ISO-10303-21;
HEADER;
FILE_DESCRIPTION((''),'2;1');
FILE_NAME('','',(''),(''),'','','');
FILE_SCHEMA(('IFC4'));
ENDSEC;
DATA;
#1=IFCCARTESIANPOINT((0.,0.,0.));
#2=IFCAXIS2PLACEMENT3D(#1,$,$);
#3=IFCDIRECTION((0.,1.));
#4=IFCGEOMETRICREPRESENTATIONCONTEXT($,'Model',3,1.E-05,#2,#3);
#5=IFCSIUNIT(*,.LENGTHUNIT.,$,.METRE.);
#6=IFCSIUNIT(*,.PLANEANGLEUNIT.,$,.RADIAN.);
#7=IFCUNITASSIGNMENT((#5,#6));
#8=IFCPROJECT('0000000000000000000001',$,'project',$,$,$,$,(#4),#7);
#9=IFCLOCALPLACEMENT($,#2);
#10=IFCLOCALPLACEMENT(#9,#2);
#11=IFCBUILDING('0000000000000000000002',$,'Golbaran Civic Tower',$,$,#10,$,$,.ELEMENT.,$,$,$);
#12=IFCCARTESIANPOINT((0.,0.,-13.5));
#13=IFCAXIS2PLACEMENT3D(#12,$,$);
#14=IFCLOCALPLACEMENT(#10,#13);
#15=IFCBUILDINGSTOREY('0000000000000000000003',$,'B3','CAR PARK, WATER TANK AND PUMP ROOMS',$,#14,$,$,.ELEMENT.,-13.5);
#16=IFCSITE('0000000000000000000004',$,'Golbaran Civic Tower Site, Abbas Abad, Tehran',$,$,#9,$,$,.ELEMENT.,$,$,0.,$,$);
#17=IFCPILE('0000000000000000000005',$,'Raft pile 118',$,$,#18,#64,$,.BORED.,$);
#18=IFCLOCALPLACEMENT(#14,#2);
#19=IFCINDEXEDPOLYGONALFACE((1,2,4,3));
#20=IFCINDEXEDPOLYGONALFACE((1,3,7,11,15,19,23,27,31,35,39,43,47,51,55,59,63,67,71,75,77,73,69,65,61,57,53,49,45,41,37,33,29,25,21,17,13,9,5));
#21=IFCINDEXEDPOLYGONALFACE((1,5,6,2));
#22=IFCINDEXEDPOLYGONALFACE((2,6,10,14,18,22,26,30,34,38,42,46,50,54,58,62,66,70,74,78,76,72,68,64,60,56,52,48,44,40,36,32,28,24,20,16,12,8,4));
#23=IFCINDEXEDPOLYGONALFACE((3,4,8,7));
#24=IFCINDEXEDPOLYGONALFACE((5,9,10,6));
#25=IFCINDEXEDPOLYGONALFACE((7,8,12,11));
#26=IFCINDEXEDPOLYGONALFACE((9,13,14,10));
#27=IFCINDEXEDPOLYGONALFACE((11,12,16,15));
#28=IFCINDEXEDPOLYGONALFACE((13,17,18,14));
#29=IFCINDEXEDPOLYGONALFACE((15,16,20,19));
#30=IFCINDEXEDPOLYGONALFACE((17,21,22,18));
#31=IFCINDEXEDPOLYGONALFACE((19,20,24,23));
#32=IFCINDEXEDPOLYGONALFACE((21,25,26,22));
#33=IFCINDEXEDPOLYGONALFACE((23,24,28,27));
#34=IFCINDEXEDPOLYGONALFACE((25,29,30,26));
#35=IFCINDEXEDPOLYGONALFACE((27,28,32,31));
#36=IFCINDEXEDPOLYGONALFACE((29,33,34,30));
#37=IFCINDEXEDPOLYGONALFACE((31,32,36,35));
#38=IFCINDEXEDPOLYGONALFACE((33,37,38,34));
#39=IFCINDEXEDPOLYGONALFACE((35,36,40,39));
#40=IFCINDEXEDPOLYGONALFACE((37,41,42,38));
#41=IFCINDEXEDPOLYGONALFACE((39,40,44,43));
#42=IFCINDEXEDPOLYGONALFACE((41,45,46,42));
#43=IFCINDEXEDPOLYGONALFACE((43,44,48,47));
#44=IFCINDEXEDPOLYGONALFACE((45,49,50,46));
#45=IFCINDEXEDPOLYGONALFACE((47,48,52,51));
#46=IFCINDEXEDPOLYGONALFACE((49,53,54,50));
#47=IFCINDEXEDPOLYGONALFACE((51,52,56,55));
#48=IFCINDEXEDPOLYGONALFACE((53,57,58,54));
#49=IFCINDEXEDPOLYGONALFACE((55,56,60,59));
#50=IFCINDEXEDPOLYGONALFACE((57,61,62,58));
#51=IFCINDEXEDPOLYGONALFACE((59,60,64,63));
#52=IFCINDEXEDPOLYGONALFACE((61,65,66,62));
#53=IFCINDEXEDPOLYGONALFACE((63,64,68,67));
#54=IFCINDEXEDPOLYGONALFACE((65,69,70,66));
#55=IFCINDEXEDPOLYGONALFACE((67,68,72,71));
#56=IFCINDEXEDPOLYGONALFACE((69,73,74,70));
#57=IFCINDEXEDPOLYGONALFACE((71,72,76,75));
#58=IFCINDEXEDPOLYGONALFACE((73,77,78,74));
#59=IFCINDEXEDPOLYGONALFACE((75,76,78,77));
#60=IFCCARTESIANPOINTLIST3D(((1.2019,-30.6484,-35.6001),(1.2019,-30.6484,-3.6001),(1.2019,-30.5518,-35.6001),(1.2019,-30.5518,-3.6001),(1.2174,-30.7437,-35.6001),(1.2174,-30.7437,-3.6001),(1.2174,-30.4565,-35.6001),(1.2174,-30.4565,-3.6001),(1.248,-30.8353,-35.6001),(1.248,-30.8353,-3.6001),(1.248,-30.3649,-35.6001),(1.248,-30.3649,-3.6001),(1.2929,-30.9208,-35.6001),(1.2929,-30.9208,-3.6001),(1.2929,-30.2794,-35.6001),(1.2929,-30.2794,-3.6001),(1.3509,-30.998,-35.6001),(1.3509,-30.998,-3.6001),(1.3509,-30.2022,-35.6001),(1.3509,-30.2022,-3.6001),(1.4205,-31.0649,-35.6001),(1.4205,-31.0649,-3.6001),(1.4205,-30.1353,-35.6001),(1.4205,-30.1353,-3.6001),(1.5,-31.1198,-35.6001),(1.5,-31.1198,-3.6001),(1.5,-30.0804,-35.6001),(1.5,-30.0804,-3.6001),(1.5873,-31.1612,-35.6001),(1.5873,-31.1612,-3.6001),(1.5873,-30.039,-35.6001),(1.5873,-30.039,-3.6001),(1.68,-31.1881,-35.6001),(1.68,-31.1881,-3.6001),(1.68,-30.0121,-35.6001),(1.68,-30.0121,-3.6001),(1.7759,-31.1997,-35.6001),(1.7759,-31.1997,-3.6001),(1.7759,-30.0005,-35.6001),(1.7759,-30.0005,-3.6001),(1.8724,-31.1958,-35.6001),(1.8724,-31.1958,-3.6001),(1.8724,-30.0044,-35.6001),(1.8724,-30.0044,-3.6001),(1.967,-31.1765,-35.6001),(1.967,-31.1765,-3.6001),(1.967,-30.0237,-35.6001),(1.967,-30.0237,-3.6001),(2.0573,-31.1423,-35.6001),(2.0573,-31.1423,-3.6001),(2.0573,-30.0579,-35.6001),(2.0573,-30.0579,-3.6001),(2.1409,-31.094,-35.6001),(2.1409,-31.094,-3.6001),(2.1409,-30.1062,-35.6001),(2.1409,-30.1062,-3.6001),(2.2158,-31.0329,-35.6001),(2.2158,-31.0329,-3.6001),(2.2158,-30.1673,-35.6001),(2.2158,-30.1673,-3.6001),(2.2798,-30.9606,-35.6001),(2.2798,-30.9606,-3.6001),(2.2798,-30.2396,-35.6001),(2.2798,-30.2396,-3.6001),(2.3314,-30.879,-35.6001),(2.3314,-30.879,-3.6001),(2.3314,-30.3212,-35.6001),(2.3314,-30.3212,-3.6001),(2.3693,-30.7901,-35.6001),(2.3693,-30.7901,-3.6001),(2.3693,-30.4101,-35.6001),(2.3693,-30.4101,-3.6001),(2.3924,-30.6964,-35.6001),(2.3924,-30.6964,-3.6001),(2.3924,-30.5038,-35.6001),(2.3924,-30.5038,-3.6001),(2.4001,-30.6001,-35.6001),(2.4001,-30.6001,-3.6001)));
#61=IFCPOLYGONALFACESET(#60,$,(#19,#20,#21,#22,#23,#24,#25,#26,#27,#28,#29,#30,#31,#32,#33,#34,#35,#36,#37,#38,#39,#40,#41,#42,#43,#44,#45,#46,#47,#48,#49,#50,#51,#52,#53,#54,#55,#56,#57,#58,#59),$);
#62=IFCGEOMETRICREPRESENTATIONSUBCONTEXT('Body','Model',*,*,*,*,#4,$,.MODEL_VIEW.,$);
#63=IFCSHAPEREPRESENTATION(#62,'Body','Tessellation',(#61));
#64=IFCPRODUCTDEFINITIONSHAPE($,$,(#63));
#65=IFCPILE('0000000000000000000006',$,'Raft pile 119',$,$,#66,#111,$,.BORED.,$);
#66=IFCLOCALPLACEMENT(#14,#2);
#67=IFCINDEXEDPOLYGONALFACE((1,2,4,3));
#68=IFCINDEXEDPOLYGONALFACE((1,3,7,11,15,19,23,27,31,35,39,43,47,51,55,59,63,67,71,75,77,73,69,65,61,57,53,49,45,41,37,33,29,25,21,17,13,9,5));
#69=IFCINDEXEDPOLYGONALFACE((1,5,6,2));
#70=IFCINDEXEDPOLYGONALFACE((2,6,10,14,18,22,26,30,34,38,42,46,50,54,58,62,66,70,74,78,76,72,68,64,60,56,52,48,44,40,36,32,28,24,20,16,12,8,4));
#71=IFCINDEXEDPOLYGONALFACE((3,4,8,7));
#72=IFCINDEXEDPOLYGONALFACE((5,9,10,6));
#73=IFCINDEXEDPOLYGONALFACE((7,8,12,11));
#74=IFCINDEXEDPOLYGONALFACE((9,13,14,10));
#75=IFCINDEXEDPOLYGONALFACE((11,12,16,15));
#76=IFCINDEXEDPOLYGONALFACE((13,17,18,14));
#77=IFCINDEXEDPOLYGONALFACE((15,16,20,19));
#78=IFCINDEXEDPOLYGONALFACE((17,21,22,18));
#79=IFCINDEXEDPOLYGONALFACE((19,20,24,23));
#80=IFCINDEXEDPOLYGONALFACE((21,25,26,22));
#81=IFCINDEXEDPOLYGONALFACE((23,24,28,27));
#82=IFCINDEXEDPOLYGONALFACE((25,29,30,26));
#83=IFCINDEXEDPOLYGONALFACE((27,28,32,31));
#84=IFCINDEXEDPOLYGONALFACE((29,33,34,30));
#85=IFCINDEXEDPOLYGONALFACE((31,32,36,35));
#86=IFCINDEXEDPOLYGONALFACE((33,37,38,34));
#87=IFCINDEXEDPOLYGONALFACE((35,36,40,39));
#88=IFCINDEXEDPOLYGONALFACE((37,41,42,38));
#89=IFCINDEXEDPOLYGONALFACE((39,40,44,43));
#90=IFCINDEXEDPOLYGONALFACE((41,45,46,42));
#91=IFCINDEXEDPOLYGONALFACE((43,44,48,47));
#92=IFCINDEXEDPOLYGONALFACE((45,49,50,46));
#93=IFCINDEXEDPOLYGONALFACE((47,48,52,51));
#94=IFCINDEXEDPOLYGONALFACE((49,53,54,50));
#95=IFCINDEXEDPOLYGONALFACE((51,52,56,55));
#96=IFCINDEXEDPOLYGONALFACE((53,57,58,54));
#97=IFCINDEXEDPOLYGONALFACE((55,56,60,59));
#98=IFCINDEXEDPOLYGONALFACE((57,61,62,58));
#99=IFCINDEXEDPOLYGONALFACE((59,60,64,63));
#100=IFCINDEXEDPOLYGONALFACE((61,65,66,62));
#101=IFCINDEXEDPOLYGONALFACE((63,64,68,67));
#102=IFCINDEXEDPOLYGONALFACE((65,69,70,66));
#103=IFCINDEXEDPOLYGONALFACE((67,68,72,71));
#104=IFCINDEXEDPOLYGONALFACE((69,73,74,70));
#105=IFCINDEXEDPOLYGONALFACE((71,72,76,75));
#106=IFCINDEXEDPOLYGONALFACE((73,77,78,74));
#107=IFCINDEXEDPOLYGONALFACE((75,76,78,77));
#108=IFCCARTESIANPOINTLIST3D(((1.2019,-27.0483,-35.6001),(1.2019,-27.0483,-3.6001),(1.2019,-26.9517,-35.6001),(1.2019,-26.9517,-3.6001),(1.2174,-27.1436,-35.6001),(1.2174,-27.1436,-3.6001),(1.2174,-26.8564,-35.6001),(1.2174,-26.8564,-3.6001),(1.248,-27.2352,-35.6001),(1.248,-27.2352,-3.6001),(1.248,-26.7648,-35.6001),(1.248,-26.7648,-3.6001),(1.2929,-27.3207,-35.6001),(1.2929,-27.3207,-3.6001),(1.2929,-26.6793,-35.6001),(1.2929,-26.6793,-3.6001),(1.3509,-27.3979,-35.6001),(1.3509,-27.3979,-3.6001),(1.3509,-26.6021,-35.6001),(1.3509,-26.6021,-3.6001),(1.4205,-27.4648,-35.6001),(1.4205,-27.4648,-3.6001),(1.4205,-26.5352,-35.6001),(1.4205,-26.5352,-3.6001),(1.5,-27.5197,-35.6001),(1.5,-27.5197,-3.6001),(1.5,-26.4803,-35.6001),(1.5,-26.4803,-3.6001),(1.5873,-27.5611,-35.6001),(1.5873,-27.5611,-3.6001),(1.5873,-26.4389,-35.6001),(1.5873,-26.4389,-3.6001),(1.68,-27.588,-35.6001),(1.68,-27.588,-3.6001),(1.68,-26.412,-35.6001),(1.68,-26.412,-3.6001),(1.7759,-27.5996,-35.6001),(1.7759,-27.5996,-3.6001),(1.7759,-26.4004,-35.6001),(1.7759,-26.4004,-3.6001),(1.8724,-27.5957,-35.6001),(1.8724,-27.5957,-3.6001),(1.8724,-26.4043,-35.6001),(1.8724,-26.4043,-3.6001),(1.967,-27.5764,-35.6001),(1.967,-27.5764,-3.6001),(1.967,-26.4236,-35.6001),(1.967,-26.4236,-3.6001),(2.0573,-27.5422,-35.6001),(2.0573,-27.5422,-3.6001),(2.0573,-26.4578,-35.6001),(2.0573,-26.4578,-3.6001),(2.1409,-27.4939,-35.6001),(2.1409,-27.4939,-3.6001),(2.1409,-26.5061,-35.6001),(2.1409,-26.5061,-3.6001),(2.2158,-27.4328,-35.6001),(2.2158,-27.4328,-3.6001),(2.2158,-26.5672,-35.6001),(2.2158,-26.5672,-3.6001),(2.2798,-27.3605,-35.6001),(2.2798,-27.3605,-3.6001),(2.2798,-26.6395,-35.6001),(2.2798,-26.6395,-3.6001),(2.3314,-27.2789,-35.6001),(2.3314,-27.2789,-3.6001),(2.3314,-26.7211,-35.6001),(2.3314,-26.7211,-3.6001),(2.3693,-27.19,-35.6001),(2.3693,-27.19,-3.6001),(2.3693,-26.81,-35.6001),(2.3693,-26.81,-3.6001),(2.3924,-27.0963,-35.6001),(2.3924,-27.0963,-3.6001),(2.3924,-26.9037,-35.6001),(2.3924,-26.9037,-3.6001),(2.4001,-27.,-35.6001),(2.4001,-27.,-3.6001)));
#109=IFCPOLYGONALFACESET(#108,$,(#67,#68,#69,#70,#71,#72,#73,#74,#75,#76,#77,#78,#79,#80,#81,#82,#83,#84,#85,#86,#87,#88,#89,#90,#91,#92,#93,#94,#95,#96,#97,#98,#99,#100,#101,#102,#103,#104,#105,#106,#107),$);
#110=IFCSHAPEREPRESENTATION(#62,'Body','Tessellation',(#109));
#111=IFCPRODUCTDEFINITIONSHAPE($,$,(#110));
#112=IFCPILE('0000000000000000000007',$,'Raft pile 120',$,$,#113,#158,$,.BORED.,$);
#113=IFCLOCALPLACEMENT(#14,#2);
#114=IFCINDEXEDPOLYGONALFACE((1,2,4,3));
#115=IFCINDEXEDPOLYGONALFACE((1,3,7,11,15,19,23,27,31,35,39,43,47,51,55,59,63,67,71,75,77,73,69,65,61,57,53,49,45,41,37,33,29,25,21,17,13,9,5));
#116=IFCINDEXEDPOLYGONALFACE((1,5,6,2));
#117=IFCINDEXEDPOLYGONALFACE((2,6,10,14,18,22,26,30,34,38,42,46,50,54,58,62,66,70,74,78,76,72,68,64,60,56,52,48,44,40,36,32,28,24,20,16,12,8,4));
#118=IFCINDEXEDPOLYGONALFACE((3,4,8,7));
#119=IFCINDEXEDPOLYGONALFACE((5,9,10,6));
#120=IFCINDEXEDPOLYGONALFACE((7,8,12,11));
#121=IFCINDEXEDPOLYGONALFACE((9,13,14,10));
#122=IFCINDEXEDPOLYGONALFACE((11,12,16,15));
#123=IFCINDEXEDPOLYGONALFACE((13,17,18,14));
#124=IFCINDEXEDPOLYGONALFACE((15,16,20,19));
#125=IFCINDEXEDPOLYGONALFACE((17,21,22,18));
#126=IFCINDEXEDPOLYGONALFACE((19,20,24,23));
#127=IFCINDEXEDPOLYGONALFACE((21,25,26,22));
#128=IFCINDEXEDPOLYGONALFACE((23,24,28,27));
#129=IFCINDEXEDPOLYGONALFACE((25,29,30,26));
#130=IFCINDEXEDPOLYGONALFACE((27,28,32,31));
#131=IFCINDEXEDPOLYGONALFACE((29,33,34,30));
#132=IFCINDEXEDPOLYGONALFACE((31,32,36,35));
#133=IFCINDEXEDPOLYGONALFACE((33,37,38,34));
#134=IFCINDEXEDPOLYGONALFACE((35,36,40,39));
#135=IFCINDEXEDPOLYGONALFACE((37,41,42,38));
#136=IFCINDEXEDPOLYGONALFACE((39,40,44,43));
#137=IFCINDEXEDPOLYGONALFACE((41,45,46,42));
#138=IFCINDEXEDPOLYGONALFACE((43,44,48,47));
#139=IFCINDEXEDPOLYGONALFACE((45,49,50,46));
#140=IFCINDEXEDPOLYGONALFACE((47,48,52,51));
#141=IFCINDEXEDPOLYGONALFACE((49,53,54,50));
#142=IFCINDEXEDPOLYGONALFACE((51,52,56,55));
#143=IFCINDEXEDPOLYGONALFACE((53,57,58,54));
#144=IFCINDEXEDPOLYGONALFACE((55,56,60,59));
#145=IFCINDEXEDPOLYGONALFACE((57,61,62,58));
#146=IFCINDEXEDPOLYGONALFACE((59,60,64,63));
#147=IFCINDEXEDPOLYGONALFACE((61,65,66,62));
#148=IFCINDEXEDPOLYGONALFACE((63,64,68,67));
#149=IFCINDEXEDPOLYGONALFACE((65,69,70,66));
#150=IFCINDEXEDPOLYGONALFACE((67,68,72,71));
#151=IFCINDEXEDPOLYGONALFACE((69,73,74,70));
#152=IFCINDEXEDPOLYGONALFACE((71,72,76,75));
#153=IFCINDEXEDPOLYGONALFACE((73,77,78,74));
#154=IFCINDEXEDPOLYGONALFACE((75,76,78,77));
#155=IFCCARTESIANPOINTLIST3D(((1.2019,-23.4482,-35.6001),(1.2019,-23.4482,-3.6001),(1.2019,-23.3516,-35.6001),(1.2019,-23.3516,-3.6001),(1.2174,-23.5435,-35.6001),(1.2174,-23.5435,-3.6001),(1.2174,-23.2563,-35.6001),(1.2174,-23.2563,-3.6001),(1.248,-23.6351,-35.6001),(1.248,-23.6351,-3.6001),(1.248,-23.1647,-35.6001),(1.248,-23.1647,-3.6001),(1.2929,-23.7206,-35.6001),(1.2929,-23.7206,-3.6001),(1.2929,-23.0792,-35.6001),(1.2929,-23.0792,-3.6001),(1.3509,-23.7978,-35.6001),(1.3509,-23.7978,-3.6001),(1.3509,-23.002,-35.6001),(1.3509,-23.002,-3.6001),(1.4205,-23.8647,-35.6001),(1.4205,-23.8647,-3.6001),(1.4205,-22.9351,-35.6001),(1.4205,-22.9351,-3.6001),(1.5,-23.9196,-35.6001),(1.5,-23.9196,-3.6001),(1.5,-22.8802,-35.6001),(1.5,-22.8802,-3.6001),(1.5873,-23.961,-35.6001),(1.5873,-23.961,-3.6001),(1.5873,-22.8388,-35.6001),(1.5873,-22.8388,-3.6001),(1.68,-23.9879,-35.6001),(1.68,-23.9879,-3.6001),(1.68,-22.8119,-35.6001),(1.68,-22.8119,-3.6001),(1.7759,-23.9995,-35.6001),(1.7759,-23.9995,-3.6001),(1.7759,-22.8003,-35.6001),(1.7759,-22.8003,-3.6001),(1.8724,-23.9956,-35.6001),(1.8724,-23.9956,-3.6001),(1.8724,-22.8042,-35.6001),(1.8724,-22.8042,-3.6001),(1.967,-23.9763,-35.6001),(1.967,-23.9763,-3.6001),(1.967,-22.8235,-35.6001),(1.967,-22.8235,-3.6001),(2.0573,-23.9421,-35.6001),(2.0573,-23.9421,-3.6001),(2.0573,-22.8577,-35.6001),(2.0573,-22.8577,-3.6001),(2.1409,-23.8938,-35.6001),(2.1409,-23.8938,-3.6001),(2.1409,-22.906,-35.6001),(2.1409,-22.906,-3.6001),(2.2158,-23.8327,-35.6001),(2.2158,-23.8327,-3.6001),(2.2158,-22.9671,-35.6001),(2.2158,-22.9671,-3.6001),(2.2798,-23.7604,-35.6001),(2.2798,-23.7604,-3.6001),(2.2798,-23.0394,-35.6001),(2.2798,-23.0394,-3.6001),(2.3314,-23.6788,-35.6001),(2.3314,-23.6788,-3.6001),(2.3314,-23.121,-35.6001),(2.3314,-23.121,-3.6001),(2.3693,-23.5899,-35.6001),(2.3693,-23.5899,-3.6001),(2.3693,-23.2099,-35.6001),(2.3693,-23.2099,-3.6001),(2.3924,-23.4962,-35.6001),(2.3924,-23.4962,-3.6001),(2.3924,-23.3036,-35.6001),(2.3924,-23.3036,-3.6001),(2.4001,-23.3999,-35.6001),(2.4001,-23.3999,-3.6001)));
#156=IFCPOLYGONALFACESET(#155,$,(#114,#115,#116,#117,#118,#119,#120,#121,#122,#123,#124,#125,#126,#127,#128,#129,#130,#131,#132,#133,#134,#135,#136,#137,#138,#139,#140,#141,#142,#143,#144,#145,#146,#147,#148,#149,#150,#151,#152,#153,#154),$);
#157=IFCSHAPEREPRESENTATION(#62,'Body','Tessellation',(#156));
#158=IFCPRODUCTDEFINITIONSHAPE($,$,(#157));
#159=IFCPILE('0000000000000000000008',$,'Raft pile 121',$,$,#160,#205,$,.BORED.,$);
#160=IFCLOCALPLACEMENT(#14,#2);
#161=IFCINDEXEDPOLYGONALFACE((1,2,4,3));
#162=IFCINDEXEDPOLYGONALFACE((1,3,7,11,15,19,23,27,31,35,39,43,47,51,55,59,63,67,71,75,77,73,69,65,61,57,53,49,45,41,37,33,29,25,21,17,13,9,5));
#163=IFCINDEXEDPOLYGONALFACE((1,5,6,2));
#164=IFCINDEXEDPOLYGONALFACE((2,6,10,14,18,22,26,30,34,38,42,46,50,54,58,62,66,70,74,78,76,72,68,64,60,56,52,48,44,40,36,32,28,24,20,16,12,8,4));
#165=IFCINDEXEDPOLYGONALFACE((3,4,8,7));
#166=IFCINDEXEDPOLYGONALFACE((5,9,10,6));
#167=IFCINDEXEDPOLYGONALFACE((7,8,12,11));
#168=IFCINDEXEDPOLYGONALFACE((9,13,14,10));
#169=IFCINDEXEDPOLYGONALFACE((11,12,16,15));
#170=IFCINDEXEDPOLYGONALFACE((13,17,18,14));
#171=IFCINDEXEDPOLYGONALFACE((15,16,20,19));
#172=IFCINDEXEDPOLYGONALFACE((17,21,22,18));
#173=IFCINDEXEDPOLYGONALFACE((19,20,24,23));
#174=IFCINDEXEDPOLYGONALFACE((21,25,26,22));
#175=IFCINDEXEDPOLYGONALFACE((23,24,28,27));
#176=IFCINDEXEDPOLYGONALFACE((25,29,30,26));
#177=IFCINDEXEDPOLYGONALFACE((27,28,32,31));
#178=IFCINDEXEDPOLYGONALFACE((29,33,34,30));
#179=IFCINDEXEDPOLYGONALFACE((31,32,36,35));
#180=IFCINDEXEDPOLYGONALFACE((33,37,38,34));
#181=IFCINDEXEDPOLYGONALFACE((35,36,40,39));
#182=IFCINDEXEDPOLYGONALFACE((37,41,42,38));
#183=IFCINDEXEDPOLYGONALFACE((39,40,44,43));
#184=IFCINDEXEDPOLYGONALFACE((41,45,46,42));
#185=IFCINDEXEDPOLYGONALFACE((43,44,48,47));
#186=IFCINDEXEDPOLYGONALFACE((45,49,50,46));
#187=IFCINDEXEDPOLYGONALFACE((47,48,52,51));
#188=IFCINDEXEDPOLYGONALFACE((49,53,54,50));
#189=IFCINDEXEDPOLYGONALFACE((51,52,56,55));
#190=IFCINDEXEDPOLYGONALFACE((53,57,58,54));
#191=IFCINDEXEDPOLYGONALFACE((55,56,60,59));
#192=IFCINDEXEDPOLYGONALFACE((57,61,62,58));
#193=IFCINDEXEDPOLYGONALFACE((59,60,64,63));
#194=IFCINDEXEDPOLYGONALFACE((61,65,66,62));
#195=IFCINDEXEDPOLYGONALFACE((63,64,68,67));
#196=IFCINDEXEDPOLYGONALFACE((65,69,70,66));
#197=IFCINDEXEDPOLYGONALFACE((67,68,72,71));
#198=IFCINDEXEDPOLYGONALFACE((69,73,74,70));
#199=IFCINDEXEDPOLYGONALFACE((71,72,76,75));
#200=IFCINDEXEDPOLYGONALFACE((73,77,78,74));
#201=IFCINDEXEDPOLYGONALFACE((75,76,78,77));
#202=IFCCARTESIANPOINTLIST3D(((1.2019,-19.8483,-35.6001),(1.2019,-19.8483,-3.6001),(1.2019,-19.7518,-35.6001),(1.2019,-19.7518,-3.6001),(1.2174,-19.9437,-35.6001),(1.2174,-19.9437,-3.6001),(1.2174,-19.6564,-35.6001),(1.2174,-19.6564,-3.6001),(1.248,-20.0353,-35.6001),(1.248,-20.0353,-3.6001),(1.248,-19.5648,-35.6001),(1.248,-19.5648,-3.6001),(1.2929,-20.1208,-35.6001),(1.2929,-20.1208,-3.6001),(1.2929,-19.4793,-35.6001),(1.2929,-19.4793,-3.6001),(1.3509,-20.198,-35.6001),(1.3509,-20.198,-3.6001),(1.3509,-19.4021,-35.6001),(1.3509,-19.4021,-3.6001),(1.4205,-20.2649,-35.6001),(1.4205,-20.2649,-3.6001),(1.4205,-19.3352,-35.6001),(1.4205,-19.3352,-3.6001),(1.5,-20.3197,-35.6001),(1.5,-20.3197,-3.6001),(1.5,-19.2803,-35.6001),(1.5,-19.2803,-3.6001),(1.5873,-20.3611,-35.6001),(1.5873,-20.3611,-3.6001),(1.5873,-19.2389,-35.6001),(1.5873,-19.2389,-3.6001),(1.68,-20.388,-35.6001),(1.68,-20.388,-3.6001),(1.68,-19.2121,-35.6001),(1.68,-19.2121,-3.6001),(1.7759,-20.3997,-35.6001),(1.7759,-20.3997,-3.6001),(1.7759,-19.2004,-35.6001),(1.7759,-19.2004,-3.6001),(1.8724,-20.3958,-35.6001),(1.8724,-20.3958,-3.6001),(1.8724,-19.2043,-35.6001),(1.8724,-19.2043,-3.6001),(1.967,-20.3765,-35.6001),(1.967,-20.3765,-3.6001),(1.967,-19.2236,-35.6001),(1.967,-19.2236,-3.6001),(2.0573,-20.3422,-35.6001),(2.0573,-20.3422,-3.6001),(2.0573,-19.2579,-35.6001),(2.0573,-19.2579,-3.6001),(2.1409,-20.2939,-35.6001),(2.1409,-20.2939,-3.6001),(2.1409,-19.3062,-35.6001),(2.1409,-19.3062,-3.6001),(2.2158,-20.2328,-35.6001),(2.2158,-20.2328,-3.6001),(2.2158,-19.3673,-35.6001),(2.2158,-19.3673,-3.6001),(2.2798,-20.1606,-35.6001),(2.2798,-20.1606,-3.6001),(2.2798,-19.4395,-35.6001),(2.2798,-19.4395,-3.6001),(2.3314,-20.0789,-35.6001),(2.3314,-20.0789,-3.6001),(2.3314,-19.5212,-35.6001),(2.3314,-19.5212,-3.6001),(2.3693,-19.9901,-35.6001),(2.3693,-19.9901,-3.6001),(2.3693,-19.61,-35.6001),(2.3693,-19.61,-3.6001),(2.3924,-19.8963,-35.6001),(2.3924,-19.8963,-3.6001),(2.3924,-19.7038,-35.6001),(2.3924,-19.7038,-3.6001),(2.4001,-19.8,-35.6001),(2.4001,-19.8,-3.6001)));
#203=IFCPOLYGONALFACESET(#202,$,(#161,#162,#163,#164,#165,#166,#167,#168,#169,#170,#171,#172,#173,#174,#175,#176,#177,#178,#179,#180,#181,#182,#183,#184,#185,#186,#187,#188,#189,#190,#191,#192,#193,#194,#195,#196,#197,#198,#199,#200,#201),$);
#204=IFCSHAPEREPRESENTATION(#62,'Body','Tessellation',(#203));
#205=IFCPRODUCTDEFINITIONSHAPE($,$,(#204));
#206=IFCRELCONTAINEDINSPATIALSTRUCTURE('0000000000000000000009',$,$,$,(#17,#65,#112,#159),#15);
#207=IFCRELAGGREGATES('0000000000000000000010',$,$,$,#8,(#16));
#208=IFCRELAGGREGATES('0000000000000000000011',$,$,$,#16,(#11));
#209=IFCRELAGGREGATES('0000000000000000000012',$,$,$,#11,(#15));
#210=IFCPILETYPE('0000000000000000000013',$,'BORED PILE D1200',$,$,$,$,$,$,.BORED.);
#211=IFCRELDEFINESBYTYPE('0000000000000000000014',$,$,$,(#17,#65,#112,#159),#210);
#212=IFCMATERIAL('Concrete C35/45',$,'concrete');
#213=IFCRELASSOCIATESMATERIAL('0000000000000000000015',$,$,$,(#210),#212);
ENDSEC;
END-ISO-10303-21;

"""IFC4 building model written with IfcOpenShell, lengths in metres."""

from ifc_helpers import new_model, si_unit, direction, frame, origin, origin_2d, place, context, subcontext, project, spatial, circle, extrude, material, material_profile, profile_set, type_object, element, save


model = new_model("IFC4")

# Units and contexts
model_context = context("Model", 3, precision=1e-05, world=origin(), true_north=direction((0.0, 1.0)))
body_context = subcontext(model_context, "Body", "Model", "MODEL_VIEW")
ifc_project = project(units=[si_unit("LENGTHUNIT", "METRE"), si_unit("PLANEANGLEUNIT", "RADIAN")], contexts=[model_context])

# Site, building, storey
site_placement = place(None, origin())
site = spatial("IfcSite", under=ifc_project, at=site_placement, Name="Golbaran Civic Tower Site, Abbas Abad, Tehran", CompositionType="ELEMENT", RefElevation=0.0)
building_placement = place(site_placement, origin())
building = spatial("IfcBuilding", under=site, at=building_placement, Name="Golbaran Civic Tower", CompositionType="ELEMENT")
storey_placement = place(building_placement, frame((0.0, 0.0, -13.5)))
storey = spatial("IfcBuildingStorey", under=building, at=storey_placement, Name="B3", Description="CAR PARK, WATER TANK AND PUMP ROOMS", CompositionType="ELEMENT", Elevation=-13.5)

# Piles
ifc_material_1 = material(Name="Concrete C35/45", Category="concrete")
ifc_material_profile_1 = material_profile(ifc_material_1, circle(Radius=0.6001, at=origin_2d()), Name="BORED PILE D1200")
ifc_profile_set_1 = profile_set([ifc_material_profile_1], Name="Concrete C35/45")
pile_type_1 = type_object("IfcPileType", Name="BORED PILE D1200", PredefinedType="BORED", material=ifc_profile_set_1)
for number, where, z_axis, x_axis, name in (
    (1, (1.8, -30.6001, -3.6001), (0.0, 0.0, -1.0), (1.0, 0.0, 0.0), "Raft pile 118"),
    (2, (1.8, -27.0, -3.6001), (0.0, 0.0, -1.0), (1.0, 0.0, 0.0), "Raft pile 119"),
    (3, (1.8, -23.3999, -3.6001), (0.0, 0.0, -1.0), (1.0, 0.0, 0.0), "Raft pile 120"),
    (4, (1.8, -19.8, -3.6001), (0.0, 0.0, -1.0), (1.0, 0.0, 0.0), "Raft pile 121"),
):
    element("IfcPile", number, at=place(storey_placement, frame(where, z_axis=z_axis, x_axis=x_axis)), inside=storey, type_object=pile_type_1, Name=name, PredefinedType="BORED", context=body_context, shape_type="SweptSolid", body=[
        extrude(circle(Radius=0.6001, at=origin_2d()), origin(), (0.0, 0.0, 1.0), 32.0),
    ])

save(model, "model.ifc")
